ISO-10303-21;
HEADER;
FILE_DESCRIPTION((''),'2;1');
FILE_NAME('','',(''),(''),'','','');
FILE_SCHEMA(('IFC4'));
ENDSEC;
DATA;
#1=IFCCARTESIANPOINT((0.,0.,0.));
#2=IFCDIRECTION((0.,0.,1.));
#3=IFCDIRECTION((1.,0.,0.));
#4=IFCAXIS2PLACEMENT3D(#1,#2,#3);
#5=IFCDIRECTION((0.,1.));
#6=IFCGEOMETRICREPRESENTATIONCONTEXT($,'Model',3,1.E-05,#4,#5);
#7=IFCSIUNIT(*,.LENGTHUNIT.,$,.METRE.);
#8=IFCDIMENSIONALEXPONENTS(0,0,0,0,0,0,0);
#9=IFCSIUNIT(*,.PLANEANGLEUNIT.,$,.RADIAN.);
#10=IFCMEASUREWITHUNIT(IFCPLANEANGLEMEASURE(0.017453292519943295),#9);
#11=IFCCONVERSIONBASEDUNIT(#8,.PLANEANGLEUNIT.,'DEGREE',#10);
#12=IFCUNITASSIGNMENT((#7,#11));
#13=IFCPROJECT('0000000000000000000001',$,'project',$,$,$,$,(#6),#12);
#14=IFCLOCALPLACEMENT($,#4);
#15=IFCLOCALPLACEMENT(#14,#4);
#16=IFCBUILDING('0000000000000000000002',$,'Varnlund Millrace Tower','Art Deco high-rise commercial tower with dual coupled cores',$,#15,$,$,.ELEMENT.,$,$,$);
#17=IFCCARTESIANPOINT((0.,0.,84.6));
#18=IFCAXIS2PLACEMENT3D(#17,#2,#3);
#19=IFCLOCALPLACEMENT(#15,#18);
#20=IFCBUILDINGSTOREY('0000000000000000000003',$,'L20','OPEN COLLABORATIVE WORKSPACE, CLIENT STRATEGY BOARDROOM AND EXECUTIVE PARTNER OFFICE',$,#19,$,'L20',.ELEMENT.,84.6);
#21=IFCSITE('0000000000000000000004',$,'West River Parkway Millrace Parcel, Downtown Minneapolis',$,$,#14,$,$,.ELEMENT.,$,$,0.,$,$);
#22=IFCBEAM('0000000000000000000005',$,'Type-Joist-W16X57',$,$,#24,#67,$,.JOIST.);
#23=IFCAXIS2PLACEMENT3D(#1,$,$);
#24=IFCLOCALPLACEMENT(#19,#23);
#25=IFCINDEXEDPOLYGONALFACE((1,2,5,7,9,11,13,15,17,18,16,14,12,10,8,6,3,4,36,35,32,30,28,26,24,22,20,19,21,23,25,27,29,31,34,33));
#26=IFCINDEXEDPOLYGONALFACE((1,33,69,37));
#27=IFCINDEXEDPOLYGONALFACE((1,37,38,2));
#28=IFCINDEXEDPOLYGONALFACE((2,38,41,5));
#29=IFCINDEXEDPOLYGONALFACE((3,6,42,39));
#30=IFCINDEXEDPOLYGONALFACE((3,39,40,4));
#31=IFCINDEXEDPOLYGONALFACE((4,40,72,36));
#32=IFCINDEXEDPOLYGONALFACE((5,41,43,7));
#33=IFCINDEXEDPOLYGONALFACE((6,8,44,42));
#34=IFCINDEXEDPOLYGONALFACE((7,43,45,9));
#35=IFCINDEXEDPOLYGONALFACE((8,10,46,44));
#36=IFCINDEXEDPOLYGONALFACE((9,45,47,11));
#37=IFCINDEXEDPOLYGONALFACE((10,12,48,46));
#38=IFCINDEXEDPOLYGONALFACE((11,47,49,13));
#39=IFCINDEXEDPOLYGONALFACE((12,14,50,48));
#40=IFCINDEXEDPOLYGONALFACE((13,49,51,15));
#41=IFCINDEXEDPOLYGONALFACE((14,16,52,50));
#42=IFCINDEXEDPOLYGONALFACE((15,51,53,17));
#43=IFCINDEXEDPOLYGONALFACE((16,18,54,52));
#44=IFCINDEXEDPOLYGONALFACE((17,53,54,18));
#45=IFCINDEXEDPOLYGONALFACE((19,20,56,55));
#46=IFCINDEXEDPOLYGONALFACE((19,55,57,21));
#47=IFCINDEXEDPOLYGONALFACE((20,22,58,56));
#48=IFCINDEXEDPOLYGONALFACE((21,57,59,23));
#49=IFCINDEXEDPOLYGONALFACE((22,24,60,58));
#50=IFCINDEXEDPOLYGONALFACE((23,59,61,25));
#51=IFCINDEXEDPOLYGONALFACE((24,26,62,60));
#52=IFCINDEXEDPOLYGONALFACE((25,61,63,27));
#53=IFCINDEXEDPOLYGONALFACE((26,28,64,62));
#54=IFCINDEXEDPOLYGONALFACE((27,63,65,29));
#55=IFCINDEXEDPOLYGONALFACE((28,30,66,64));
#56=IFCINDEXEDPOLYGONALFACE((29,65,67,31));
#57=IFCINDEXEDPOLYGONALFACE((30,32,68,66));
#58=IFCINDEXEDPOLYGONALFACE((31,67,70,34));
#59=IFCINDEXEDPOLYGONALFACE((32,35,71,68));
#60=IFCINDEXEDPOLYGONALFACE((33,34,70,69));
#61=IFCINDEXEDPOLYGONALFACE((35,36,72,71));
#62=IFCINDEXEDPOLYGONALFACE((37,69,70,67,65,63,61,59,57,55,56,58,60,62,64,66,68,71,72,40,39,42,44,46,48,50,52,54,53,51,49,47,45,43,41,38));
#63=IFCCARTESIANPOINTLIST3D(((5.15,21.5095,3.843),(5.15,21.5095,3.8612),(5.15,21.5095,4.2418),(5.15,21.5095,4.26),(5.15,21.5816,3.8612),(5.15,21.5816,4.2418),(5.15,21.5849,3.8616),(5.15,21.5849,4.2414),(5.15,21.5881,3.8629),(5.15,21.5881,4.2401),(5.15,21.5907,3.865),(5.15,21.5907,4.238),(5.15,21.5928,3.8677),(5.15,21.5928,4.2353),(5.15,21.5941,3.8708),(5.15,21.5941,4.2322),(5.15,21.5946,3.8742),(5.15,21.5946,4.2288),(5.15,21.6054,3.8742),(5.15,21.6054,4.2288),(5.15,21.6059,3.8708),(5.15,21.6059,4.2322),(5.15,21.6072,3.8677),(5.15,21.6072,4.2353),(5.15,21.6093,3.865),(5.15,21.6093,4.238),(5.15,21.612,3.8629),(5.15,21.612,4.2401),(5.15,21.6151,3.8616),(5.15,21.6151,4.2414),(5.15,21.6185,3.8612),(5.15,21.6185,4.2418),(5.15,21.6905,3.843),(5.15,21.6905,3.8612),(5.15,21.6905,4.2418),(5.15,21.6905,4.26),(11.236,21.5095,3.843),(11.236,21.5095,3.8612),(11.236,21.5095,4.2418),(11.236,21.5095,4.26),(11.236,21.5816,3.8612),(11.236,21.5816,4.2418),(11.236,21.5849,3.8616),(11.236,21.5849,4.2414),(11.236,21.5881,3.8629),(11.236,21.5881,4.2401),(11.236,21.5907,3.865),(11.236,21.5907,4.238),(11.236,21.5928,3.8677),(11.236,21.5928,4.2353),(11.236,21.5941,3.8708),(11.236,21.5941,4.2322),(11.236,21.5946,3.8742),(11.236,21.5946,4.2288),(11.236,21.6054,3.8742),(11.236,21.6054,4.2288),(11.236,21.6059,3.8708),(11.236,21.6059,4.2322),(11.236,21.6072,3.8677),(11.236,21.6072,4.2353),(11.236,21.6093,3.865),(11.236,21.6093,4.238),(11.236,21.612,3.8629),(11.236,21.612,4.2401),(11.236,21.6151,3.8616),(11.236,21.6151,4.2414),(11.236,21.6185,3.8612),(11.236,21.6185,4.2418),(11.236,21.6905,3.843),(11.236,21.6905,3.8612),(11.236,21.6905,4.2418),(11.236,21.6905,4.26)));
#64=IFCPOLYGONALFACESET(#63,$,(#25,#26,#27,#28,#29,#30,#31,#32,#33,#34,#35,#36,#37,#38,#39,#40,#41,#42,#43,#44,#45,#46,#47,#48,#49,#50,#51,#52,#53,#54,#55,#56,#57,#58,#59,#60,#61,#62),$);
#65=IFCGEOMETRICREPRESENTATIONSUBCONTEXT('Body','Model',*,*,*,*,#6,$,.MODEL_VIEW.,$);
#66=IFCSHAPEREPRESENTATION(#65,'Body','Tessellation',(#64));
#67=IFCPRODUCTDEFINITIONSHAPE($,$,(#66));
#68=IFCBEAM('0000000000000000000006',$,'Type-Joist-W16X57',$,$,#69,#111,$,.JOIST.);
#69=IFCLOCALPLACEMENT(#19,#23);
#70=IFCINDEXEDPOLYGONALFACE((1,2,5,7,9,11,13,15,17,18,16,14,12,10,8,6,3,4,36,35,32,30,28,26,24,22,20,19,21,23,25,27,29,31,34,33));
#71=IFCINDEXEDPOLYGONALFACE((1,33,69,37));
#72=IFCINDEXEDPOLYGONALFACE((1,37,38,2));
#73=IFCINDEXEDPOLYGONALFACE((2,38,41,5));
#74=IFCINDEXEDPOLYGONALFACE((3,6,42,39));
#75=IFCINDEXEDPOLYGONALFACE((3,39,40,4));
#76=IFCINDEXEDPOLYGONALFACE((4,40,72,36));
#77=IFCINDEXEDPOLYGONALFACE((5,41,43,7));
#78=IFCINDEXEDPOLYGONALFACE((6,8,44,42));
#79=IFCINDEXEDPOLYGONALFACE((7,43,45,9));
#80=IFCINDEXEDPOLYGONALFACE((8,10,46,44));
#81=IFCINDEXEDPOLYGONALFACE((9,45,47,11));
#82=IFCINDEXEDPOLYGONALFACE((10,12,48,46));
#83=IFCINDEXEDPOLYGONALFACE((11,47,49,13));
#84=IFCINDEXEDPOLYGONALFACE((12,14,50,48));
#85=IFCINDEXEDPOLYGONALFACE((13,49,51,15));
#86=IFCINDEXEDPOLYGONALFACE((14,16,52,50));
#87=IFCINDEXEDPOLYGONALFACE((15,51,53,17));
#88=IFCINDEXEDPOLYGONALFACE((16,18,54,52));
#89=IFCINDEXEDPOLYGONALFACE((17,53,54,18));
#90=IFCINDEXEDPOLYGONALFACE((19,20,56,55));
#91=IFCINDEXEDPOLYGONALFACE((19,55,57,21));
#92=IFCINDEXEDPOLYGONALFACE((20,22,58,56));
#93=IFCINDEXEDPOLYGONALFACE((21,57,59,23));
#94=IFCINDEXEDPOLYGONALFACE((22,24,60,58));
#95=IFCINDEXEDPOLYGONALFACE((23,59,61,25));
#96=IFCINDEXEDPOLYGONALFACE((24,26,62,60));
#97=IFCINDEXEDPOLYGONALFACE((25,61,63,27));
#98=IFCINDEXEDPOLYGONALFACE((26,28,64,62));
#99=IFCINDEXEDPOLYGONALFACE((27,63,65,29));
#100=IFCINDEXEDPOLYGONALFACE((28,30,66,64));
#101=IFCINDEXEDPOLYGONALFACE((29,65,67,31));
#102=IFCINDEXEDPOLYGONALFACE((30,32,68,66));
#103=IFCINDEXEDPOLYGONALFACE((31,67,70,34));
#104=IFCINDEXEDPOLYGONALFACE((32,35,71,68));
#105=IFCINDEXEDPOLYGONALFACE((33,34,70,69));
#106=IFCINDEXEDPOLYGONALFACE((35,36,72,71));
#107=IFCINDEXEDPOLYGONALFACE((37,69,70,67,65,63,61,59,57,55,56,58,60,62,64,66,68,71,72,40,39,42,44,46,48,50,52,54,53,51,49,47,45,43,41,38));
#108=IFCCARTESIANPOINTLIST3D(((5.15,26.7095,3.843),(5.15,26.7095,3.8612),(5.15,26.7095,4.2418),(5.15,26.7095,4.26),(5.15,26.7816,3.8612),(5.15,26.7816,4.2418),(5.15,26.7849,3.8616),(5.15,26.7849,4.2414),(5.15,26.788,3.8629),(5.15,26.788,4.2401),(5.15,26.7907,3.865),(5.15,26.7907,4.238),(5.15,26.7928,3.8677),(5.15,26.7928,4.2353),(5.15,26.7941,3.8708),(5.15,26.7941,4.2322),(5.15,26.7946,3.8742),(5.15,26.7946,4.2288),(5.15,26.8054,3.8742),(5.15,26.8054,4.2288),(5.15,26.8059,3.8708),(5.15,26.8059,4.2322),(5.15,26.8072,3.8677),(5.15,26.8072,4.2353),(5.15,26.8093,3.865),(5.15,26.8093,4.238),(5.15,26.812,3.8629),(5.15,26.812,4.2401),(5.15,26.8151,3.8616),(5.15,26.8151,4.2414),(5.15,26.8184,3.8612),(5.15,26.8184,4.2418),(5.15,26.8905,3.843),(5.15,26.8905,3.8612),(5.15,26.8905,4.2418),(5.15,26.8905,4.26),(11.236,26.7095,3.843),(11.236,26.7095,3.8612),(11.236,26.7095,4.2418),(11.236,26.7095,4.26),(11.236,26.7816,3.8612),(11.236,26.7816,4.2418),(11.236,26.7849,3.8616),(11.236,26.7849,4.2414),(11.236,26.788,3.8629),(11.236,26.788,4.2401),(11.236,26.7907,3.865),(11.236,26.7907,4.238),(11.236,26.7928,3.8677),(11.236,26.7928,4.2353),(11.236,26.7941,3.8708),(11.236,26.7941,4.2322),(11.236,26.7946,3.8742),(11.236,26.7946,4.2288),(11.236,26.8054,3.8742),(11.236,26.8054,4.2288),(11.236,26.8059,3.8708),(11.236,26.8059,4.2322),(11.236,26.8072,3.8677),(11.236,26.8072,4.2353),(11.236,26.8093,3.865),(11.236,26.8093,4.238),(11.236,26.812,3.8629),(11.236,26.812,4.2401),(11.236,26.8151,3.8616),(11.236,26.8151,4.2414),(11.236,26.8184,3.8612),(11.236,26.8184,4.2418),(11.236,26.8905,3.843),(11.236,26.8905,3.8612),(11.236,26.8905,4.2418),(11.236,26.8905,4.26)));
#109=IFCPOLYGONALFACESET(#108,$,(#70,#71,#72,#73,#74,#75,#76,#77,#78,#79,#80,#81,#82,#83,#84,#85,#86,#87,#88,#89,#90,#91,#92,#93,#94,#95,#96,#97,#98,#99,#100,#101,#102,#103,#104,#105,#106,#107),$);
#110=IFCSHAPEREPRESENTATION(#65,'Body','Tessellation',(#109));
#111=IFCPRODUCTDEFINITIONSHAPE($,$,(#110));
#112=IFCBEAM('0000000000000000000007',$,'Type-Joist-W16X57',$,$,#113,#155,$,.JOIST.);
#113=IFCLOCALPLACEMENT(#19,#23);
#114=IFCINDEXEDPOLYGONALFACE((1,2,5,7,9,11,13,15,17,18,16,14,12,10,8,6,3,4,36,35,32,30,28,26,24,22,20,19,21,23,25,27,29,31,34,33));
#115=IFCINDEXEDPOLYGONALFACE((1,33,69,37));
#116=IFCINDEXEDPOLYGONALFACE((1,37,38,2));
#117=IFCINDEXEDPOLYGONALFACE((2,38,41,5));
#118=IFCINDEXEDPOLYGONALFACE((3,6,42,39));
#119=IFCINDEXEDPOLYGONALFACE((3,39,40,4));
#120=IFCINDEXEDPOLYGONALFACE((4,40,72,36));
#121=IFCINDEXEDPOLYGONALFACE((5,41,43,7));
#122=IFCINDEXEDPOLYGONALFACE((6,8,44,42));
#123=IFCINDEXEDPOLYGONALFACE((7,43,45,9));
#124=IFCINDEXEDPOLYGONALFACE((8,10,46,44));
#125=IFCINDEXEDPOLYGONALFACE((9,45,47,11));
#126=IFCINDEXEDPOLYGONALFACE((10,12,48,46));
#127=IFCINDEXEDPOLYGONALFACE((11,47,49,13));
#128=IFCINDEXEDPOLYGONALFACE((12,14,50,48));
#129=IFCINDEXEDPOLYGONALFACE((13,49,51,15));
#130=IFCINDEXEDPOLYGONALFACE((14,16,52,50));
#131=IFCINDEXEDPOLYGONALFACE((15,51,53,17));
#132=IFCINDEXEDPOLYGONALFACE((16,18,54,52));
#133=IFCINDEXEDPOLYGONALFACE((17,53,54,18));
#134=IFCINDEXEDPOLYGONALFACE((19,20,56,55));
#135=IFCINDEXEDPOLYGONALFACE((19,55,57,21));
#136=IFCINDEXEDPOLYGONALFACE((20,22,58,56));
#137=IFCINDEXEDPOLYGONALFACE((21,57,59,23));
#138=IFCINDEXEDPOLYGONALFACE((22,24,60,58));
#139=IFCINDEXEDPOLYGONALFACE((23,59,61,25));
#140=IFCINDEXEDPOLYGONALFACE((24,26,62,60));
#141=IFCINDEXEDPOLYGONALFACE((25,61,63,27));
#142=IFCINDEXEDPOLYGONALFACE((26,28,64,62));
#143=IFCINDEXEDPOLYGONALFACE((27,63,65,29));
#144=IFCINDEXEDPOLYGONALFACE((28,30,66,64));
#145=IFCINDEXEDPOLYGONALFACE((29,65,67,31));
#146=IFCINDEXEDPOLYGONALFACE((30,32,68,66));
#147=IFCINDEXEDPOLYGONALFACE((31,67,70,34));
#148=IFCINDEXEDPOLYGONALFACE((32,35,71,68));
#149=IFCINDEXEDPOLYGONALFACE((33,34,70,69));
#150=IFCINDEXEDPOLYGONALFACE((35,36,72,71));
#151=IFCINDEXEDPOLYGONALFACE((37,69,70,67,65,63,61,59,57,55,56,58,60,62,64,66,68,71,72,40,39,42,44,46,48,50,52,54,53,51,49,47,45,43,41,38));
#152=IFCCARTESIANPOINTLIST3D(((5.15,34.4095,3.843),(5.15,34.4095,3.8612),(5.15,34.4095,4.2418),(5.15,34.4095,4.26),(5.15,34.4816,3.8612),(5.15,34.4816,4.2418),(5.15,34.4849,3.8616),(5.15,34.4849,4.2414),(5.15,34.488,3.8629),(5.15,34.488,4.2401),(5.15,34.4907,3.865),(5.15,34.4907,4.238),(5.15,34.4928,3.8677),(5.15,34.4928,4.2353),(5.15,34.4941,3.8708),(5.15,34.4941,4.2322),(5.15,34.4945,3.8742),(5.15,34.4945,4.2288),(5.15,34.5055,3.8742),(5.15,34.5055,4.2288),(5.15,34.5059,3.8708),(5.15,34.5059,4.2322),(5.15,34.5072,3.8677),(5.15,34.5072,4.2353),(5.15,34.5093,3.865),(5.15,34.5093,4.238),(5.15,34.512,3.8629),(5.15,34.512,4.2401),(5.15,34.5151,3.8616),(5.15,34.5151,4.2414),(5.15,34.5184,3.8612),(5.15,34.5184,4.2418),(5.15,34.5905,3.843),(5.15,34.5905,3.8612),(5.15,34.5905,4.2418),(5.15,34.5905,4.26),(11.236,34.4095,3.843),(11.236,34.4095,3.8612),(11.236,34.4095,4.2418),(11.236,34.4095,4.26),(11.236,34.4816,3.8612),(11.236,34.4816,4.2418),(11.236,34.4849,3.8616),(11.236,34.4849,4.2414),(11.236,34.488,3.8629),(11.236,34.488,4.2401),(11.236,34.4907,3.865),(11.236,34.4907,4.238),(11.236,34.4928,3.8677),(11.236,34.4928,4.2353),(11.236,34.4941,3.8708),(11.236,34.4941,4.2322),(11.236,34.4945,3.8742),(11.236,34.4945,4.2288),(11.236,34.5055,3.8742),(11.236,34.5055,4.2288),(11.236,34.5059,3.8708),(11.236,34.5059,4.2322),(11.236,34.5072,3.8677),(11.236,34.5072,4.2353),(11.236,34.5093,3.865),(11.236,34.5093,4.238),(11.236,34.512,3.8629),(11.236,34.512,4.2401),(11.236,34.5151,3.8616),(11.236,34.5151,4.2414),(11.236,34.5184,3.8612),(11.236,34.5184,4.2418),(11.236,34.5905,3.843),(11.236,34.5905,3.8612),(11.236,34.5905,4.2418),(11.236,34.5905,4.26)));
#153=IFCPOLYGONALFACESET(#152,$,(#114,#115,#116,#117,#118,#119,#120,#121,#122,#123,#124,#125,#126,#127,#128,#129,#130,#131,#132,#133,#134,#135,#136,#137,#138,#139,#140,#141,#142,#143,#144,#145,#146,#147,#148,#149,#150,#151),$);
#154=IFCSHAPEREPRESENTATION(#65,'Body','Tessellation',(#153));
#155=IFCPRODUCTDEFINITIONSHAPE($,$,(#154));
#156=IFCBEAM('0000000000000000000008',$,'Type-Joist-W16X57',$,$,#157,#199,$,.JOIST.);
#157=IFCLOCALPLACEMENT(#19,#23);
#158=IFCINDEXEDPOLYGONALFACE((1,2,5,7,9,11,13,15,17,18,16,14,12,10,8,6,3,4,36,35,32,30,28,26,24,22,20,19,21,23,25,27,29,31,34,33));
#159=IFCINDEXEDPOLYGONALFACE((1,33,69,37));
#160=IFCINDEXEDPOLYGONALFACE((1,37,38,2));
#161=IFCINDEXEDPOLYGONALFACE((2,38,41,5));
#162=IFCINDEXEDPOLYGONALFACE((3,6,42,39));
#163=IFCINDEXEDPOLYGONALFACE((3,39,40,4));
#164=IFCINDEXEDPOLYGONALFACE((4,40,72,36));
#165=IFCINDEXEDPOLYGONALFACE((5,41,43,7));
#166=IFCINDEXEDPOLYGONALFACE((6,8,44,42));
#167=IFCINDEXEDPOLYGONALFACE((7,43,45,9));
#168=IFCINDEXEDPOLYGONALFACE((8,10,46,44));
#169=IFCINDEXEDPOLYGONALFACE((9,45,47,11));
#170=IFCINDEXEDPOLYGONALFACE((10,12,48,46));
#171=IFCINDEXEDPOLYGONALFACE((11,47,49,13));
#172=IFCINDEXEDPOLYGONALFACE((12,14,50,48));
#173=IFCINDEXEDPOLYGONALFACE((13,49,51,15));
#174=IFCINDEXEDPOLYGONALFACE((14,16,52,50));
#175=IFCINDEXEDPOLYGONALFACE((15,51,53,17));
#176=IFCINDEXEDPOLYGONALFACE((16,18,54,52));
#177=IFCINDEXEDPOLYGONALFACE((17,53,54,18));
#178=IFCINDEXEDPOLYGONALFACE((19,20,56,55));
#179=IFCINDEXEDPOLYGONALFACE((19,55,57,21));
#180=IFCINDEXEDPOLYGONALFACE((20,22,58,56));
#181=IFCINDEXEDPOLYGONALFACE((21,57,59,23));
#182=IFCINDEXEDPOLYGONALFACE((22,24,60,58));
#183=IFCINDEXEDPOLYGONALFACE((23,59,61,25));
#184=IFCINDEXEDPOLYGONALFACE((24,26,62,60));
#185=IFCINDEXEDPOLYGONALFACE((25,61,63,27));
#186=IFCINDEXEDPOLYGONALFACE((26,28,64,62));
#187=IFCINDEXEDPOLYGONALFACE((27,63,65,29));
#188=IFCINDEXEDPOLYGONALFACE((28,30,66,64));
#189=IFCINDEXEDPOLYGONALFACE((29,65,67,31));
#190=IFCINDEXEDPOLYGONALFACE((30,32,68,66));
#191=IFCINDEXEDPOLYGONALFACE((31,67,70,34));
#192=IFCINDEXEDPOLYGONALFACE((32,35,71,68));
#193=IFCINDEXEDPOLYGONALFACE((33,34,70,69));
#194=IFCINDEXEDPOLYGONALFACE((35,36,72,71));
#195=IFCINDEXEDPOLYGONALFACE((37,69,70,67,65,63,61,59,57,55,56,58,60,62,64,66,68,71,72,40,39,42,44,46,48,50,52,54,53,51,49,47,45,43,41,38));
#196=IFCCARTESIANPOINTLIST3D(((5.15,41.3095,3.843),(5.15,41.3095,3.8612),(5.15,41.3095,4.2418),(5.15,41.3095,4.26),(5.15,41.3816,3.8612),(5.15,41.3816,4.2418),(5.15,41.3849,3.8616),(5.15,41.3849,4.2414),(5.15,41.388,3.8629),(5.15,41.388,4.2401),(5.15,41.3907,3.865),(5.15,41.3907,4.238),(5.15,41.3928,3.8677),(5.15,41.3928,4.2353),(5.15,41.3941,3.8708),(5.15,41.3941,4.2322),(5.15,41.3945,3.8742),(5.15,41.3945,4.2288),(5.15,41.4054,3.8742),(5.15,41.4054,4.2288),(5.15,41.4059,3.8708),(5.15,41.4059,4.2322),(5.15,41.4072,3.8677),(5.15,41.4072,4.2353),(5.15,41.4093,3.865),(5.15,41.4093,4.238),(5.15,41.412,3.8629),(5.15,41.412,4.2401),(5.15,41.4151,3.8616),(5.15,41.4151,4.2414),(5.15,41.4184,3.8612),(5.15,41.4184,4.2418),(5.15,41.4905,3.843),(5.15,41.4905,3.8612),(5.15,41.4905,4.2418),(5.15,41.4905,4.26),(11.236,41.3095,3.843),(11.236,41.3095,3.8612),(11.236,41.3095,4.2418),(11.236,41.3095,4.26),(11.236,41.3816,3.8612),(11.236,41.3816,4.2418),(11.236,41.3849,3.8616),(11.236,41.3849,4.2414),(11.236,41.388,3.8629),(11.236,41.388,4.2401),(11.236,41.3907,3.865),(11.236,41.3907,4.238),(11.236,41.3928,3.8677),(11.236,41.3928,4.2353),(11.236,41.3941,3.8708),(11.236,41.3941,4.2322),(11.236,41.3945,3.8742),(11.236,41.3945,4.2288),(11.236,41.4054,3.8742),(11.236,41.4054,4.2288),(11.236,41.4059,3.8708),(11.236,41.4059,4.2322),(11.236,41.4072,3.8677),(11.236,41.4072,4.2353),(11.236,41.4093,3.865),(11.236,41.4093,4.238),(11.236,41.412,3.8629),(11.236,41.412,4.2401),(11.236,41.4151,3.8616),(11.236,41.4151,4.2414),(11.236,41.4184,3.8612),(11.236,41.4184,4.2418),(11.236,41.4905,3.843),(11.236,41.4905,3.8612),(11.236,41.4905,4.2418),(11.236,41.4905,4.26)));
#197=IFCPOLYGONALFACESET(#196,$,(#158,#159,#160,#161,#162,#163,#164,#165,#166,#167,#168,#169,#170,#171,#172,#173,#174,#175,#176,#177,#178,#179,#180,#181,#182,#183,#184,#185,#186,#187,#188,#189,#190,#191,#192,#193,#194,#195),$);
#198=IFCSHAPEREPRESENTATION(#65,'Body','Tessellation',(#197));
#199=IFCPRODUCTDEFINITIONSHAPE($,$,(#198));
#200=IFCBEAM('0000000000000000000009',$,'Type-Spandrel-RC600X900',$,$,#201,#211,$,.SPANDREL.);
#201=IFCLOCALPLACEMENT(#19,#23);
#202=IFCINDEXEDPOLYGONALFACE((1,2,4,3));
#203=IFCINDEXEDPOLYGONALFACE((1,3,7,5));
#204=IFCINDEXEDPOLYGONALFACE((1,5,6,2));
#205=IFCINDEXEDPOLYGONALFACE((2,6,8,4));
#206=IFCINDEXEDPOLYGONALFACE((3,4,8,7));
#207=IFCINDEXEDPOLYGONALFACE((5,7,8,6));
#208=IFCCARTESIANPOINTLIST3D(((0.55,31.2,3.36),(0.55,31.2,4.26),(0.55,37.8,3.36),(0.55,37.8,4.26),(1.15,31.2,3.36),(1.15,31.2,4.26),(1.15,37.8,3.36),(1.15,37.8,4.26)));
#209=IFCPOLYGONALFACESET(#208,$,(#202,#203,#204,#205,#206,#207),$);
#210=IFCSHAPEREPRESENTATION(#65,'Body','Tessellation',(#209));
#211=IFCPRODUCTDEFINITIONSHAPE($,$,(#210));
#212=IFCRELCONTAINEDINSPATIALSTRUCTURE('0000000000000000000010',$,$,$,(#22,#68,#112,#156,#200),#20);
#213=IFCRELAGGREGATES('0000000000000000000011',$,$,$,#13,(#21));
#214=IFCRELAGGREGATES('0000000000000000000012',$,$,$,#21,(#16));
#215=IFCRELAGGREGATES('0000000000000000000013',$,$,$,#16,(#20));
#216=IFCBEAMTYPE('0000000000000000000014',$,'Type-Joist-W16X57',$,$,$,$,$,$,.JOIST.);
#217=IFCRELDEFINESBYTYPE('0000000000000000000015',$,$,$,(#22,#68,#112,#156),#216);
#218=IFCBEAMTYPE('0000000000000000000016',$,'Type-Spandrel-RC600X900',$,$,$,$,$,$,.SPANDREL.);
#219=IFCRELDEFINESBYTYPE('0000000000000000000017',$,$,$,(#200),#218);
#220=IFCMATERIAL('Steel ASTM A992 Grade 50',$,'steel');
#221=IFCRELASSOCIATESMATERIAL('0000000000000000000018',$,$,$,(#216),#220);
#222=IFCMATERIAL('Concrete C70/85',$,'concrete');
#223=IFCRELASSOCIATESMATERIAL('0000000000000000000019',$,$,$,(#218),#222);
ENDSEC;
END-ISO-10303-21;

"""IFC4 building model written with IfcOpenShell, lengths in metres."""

from ifc_helpers import new_model, entity, si_unit, converted_unit, direction, frame, origin_with_axes, origin_2d_with_axis, place, context, subcontext, project, spatial, rectangle, i_section, extrude, material, material_profile, profile_set, type_object, element, save


model = new_model("IFC4")

# Units and contexts
model_context = context("Model", 3, precision=1e-05, world=origin_with_axes(), true_north=direction((0.0, 1.0)))
body_context = subcontext(model_context, "Body", "Model", "MODEL_VIEW")
ifc_project = project(units=[si_unit("LENGTHUNIT", "METRE"), converted_unit("PLANEANGLEUNIT", "DEGREE", entity("IfcPlaneAngleMeasure", 0.017453292519943295), si_unit("PLANEANGLEUNIT", "RADIAN"), dimensions=[0, 0, 0, 0, 0, 0, 0])], contexts=[model_context])

# Site, building, storey
site_placement = place(None, origin_with_axes())
site = spatial("IfcSite", under=ifc_project, at=site_placement, Name="West River Parkway Millrace Parcel, Downtown Minneapolis", CompositionType="ELEMENT", RefElevation=0.0)
building_placement = place(site_placement, origin_with_axes())
building = spatial("IfcBuilding", under=site, at=building_placement, Name="Varnlund Millrace Tower", Description="Art Deco high-rise commercial tower with dual coupled cores", CompositionType="ELEMENT")
storey_placement = place(building_placement, frame((0.0, 0.0, 84.6), z_axis=(0.0, 0.0, 1.0), x_axis=(1.0, 0.0, 0.0)))
storey = spatial("IfcBuildingStorey", under=building, at=storey_placement, Name="L20", Description="OPEN COLLABORATIVE WORKSPACE, CLIENT STRATEGY BOARDROOM AND EXECUTIVE PARTNER OFFICE", LongName="L20", CompositionType="ELEMENT", Elevation=84.6)

# Beams
ifc_material_1 = material(Name="Steel ASTM A992 Grade 50", Category="steel")
ifc_material_profile_1 = material_profile(ifc_material_1, i_section(OverallWidth=0.181, OverallDepth=0.417, WebThickness=0.0109, FlangeThickness=0.0182, FilletRadius=0.013, at=origin_2d_with_axis()), Name="Steel ASTM A992 Grade 50")
ifc_profile_set_1 = profile_set([ifc_material_profile_1], Name="Steel ASTM A992 Grade 50")
beam_type_1 = type_object("IfcBeamType", Name="Type-Joist-W16X57", PredefinedType="JOIST", material=ifc_profile_set_1)
for number, where, z_axis, x_axis, name in (
    (1, (5.15, 21.6, 4.0515), (1.0, 0.0, 0.0), (0.0, 1.0, 0.0), "Type-Joist-W16X57"),
    (2, (5.15, 26.8, 4.0515), (1.0, 0.0, 0.0), (0.0, 1.0, 0.0), "Type-Joist-W16X57"),
    (3, (5.15, 34.5, 4.0515), (1.0, 0.0, 0.0), (0.0, 1.0, 0.0), "Type-Joist-W16X57"),
    (4, (5.15, 41.4, 4.0515), (1.0, 0.0, 0.0), (0.0, 1.0, 0.0), "Type-Joist-W16X57"),
):
    element("IfcBeam", number, at=place(storey_placement, frame(where, z_axis=z_axis, x_axis=x_axis)), inside=storey, type_object=beam_type_1, Name=name, PredefinedType="JOIST", context=body_context, shape_type="SweptSolid", body=[
        extrude(i_section(OverallWidth=0.181, OverallDepth=0.417, WebThickness=0.0109, FlangeThickness=0.0182, FilletRadius=0.013, at=origin_2d_with_axis()), origin_with_axes(), (0.0, 0.0, 1.0), 6.086),
    ])
ifc_material_2 = material(Name="Concrete C70/85", Category="concrete")
ifc_material_profile_2 = material_profile(ifc_material_2, rectangle(XDim=0.6, YDim=0.9, at=origin_2d_with_axis()), Name="Concrete C70/85")
ifc_profile_set_2 = profile_set([ifc_material_profile_2], Name="Concrete C70/85")
beam_type_2 = type_object("IfcBeamType", Name="Type-Spandrel-RC600X900", PredefinedType="SPANDREL", material=ifc_profile_set_2)
beam_1_placement = place(storey_placement, frame((0.85, 31.2, 3.81), z_axis=(0.0, 1.0, 0.0), x_axis=(-1.0, 0.0, 0.0)))
element("IfcBeam", 5, at=beam_1_placement, inside=storey, type_object=beam_type_2, Name="Type-Spandrel-RC600X900", PredefinedType="SPANDREL", context=body_context, shape_type="SweptSolid", body=[
    extrude(rectangle(XDim=0.6, YDim=0.9, at=origin_2d_with_axis()), origin_with_axes(), (0.0, 0.0, 1.0), 6.6),
])

save(model, "model.ifc")
